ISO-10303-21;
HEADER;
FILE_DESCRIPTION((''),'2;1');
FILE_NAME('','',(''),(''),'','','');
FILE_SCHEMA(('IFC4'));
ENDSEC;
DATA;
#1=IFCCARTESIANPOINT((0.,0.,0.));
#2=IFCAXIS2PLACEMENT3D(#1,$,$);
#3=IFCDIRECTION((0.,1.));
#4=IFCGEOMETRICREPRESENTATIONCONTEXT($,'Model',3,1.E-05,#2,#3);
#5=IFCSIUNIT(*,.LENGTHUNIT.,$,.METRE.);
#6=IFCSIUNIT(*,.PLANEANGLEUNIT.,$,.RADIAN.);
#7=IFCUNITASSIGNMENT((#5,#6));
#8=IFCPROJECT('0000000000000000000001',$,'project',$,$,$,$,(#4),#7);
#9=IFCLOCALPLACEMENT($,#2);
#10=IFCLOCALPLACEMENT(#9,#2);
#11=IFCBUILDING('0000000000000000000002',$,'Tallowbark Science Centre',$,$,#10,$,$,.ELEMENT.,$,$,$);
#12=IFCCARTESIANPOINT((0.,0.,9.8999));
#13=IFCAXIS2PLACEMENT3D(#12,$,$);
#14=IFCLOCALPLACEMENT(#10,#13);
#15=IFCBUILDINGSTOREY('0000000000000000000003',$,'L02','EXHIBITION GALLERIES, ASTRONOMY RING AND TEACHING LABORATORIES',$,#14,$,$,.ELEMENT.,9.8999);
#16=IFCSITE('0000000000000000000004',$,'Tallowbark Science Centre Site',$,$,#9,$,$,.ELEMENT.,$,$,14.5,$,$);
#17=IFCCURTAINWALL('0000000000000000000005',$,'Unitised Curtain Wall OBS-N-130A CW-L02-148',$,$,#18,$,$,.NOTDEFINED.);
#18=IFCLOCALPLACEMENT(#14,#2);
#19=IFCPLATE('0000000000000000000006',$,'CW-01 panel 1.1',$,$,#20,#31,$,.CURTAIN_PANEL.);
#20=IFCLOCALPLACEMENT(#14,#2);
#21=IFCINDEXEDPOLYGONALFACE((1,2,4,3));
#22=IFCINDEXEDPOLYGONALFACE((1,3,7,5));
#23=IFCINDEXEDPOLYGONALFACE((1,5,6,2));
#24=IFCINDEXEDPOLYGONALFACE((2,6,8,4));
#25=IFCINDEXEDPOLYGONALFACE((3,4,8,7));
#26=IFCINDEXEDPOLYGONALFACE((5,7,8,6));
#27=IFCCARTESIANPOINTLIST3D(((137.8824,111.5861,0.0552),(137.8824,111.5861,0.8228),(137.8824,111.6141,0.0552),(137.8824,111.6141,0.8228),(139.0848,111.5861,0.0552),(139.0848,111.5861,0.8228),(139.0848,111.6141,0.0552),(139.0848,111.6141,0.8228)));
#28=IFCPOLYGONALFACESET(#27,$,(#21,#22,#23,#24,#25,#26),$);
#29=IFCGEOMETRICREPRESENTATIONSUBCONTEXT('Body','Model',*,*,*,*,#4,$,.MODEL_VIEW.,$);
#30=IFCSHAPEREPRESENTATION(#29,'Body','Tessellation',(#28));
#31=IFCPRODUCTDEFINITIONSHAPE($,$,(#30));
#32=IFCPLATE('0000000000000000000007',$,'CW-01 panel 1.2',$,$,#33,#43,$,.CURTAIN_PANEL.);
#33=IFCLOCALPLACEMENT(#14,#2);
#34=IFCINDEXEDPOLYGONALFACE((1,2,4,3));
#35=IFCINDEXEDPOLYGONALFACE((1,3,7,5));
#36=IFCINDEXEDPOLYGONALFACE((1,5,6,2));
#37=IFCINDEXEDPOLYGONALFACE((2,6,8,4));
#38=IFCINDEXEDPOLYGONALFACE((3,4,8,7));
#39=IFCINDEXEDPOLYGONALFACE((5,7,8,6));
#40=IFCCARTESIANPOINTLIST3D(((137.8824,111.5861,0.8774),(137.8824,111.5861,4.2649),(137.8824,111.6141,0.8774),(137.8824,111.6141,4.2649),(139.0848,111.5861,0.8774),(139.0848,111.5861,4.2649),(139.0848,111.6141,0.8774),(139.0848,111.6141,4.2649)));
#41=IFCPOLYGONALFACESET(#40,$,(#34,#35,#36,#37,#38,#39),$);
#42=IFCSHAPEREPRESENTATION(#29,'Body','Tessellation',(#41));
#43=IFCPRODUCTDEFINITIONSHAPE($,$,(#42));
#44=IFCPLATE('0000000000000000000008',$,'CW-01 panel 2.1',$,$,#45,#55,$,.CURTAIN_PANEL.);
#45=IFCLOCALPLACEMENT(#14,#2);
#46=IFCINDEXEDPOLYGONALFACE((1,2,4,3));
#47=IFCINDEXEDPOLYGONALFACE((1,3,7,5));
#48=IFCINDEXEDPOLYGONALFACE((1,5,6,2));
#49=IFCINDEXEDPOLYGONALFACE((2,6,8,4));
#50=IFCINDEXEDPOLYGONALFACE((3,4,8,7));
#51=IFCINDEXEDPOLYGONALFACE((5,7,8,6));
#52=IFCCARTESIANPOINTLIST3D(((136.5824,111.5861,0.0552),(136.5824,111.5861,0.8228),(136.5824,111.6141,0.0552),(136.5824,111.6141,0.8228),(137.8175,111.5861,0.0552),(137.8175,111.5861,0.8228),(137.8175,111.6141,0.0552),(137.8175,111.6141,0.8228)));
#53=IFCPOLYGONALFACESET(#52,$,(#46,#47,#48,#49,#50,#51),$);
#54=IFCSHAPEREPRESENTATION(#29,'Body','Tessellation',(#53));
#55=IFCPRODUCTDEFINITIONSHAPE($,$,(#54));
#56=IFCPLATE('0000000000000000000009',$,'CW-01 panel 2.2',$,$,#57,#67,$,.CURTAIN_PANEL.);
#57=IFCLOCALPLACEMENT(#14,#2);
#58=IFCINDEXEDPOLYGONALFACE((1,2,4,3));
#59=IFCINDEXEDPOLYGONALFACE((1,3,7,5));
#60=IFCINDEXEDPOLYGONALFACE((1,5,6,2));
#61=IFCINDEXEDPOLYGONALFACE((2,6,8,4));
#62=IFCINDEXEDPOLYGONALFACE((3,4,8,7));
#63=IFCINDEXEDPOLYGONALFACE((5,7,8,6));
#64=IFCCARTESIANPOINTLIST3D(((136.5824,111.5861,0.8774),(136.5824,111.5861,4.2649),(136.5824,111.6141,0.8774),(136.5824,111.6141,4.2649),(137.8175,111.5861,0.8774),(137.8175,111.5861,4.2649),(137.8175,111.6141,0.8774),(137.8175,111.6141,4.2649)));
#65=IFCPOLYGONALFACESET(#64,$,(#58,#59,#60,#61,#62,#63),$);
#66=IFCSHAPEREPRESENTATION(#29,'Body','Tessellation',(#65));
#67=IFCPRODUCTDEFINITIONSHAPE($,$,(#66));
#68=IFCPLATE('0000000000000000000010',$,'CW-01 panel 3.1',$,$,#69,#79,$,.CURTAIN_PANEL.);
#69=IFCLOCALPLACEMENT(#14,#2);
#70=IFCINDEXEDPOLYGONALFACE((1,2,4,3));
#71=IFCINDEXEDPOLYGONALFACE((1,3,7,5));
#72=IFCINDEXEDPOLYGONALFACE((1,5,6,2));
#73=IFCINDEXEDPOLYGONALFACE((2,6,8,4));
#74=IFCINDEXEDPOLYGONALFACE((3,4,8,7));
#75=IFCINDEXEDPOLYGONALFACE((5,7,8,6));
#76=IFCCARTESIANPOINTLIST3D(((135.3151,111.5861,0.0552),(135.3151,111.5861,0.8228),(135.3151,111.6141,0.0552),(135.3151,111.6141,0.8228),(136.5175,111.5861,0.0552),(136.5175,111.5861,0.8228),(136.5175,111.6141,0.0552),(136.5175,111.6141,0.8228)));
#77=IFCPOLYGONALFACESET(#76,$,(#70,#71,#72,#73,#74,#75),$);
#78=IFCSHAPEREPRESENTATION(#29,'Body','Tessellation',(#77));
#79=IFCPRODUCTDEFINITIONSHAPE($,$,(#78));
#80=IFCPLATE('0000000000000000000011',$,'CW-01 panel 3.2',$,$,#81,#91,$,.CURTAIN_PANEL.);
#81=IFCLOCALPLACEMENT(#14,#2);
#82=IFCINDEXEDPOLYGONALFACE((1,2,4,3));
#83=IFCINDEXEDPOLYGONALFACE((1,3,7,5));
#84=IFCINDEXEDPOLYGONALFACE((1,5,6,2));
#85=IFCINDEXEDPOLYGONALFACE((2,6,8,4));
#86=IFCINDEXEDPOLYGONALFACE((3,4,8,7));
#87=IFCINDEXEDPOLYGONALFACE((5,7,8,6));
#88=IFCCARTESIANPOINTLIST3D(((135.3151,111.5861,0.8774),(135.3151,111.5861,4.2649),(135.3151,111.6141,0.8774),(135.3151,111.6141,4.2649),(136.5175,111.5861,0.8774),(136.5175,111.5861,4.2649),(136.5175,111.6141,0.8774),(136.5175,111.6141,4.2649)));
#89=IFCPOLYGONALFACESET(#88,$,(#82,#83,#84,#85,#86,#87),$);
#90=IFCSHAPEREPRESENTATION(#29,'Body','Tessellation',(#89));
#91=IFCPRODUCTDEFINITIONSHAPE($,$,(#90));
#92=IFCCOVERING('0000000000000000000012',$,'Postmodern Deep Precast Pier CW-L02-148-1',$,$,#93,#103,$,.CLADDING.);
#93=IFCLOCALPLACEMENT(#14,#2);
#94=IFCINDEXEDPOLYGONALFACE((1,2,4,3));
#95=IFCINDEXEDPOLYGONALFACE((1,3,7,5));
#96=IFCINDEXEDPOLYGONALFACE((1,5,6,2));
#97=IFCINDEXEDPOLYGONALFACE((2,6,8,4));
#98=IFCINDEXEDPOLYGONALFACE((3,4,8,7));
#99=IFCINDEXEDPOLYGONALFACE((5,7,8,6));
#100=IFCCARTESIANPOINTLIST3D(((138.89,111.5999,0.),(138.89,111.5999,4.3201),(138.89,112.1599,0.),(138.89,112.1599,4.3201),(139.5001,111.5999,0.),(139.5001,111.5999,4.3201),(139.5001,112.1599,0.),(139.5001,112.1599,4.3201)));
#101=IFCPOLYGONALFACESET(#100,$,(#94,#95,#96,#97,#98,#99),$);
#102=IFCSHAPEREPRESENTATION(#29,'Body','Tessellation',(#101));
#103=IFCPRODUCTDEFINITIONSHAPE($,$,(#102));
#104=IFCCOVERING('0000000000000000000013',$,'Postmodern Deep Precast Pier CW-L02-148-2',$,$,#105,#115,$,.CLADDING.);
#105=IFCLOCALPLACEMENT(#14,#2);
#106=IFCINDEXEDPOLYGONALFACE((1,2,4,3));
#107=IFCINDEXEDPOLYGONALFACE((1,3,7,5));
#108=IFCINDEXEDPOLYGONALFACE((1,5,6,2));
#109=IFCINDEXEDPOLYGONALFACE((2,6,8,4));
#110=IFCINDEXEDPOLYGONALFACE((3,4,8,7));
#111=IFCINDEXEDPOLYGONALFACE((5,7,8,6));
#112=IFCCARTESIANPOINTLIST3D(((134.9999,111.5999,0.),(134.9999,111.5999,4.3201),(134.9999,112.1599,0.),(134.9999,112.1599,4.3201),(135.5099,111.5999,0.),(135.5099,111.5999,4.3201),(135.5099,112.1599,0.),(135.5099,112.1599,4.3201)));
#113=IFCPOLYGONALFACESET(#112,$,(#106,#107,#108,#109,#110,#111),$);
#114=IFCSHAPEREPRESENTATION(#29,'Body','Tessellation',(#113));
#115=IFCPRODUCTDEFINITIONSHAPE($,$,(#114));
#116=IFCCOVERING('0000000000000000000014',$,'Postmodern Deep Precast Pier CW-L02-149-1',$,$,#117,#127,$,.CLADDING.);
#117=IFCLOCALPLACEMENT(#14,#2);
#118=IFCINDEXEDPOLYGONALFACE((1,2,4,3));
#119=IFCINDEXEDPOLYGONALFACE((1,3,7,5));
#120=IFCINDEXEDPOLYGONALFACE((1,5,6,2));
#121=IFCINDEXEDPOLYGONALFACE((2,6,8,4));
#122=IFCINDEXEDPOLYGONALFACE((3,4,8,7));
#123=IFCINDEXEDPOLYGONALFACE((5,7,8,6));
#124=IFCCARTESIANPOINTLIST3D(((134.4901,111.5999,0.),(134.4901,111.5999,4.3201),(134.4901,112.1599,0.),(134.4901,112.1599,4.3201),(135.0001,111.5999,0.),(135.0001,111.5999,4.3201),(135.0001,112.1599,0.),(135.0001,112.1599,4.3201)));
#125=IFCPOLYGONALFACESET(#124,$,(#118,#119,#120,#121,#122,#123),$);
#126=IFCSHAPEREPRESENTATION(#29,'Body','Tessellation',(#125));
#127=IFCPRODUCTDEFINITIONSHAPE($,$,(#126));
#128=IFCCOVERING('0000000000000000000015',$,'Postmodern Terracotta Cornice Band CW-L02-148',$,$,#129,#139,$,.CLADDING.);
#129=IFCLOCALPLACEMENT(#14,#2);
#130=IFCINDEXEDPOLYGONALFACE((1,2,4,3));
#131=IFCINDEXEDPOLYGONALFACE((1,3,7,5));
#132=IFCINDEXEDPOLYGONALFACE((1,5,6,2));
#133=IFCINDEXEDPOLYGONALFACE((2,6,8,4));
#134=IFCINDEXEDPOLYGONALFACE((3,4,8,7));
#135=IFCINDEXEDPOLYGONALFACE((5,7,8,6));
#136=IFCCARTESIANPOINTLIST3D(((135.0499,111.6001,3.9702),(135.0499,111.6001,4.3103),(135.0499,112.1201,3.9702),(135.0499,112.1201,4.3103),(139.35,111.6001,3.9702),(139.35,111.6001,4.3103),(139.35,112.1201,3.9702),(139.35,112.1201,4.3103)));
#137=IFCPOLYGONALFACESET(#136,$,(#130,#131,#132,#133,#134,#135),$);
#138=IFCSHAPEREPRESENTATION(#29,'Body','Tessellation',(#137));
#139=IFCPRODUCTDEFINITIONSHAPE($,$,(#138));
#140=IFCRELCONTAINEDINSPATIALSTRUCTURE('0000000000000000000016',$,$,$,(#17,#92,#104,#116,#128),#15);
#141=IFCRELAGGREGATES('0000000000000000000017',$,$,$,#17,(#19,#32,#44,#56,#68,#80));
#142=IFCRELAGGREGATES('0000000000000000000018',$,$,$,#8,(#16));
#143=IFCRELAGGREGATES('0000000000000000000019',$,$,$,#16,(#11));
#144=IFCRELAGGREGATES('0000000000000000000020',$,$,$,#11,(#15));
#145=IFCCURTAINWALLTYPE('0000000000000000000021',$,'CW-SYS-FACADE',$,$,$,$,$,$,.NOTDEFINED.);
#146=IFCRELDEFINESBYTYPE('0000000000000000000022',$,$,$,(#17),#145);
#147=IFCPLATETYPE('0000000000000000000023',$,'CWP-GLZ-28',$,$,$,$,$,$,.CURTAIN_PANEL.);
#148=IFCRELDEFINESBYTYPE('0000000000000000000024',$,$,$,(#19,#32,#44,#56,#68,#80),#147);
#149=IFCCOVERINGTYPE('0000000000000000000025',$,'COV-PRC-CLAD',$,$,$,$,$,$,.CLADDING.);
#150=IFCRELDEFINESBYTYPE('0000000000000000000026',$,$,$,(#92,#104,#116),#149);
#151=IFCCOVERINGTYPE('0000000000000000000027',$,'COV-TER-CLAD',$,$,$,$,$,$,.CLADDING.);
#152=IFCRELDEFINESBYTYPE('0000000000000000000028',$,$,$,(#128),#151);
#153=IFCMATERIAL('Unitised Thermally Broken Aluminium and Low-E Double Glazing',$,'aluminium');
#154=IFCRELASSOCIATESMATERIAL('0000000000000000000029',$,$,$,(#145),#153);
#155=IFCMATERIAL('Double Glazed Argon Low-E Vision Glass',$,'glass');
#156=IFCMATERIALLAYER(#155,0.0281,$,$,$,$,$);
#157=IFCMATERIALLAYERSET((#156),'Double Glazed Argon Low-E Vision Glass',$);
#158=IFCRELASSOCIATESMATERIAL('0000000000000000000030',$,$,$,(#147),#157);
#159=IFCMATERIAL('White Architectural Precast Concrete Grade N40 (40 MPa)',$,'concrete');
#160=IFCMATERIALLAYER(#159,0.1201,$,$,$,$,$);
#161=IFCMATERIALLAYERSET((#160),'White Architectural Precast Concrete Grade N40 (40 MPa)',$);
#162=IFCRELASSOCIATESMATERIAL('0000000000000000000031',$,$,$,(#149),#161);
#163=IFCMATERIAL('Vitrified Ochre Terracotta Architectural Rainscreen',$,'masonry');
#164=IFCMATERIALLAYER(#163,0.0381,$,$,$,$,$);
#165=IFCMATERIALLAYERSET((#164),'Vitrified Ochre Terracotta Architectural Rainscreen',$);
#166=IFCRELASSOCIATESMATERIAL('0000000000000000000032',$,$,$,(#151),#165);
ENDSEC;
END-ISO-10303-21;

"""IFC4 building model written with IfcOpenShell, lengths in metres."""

from ifc_helpers import new_model, si_unit, direction, frame, origin, origin_2d, place, context, subcontext, project, spatial, rectangle, extrude, material, layer, layer_set, type_object, element, aggregate, save


model = new_model("IFC4")

# Units and contexts
model_context = context("Model", 3, precision=1e-05, world=origin(), true_north=direction((0.0, 1.0)))
body_context = subcontext(model_context, "Body", "Model", "MODEL_VIEW")
ifc_project = project(units=[si_unit("LENGTHUNIT", "METRE"), si_unit("PLANEANGLEUNIT", "RADIAN")], contexts=[model_context])

# Site, building, storey
site_placement = place(None, origin())
site = spatial("IfcSite", under=ifc_project, at=site_placement, Name="Tallowbark Science Centre Site", CompositionType="ELEMENT", RefElevation=14.5)
building_placement = place(site_placement, origin())
building = spatial("IfcBuilding", under=site, at=building_placement, Name="Tallowbark Science Centre", CompositionType="ELEMENT")
storey_placement = place(building_placement, frame((0.0, 0.0, 9.8999)))
storey = spatial("IfcBuildingStorey", under=building, at=storey_placement, Name="L02", Description="EXHIBITION GALLERIES, ASTRONOMY RING AND TEACHING LABORATORIES", CompositionType="ELEMENT", Elevation=9.8999)

# Curtain wall
ifc_material_1 = material(Name="Unitised Thermally Broken Aluminium and Low-E Double Glazing", Category="aluminium")
curtain_wall_type = type_object("IfcCurtainWallType", Name="CW-SYS-FACADE", PredefinedType="NOTDEFINED", material=ifc_material_1)
curtain_wall_1_placement = place(storey_placement, origin())
curtain_wall_1 = element("IfcCurtainWall", 1, at=curtain_wall_1_placement, inside=storey, type_object=curtain_wall_type, Name="Unitised Curtain Wall OBS-N-130A CW-L02-148", PredefinedType="NOTDEFINED")

# Plates
ifc_material_2 = material(Name="Double Glazed Argon Low-E Vision Glass", Category="glass")
ifc_layer_1 = layer(ifc_material_2, 0.0281)
ifc_layer_set_1 = layer_set([ifc_layer_1], Name="Double Glazed Argon Low-E Vision Glass")
plate_type = type_object("IfcPlateType", Name="CWP-GLZ-28", PredefinedType="CURTAIN_PANEL", material=ifc_layer_set_1)
plate_1_placement = place(storey_placement, frame((138.4836, 111.6001, 0.0552), z_axis=(0.0, 0.0, 1.0), x_axis=(-1.0, 0.0, 0.0)))
plate_1 = element("IfcPlate", 2, at=plate_1_placement, type_object=plate_type, Name="CW-01 panel 1.1", PredefinedType="CURTAIN_PANEL", context=body_context, shape_type="SweptSolid", body=[
    extrude(rectangle(XDim=1.2024, YDim=0.0281, at=origin_2d()), origin(), (0.0, 0.0, 1.0), 0.7676),
])
plate_2_placement = place(storey_placement, frame((138.4836, 111.6001, 0.8774), z_axis=(0.0, 0.0, 1.0), x_axis=(-1.0, 0.0, 0.0)))
plate_2 = element("IfcPlate", 3, at=plate_2_placement, type_object=plate_type, Name="CW-01 panel 1.2", PredefinedType="CURTAIN_PANEL", context=body_context, shape_type="SweptSolid", body=[
    extrude(rectangle(XDim=1.2024, YDim=0.0281, at=origin_2d()), origin(), (0.0, 0.0, 1.0), 3.3875),
])
plate_3_placement = place(storey_placement, frame((137.2, 111.6001, 0.0552), z_axis=(0.0, 0.0, 1.0), x_axis=(-1.0, 0.0, 0.0)))
plate_3 = element("IfcPlate", 4, at=plate_3_placement, type_object=plate_type, Name="CW-01 panel 2.1", PredefinedType="CURTAIN_PANEL", context=body_context, shape_type="SweptSolid", body=[
    extrude(rectangle(XDim=1.2351, YDim=0.0281, at=origin_2d()), origin(), (0.0, 0.0, 1.0), 0.7676),
])
plate_4_placement = place(storey_placement, frame((137.2, 111.6001, 0.8774), z_axis=(0.0, 0.0, 1.0), x_axis=(-1.0, 0.0, 0.0)))
plate_4 = element("IfcPlate", 5, at=plate_4_placement, type_object=plate_type, Name="CW-01 panel 2.2", PredefinedType="CURTAIN_PANEL", context=body_context, shape_type="SweptSolid", body=[
    extrude(rectangle(XDim=1.2351, YDim=0.0281, at=origin_2d()), origin(), (0.0, 0.0, 1.0), 3.3875),
])
plate_5_placement = place(storey_placement, frame((135.9163, 111.6001, 0.0552), z_axis=(0.0, 0.0, 1.0), x_axis=(-1.0, 0.0, 0.0)))
plate_5 = element("IfcPlate", 6, at=plate_5_placement, type_object=plate_type, Name="CW-01 panel 3.1", PredefinedType="CURTAIN_PANEL", context=body_context, shape_type="SweptSolid", body=[
    extrude(rectangle(XDim=1.2024, YDim=0.0281, at=origin_2d()), origin(), (0.0, 0.0, 1.0), 0.7676),
])
plate_6_placement = place(storey_placement, frame((135.9163, 111.6001, 0.8774), z_axis=(0.0, 0.0, 1.0), x_axis=(-1.0, 0.0, 0.0)))
plate_6 = element("IfcPlate", 7, at=plate_6_placement, type_object=plate_type, Name="CW-01 panel 3.2", PredefinedType="CURTAIN_PANEL", context=body_context, shape_type="SweptSolid", body=[
    extrude(rectangle(XDim=1.2024, YDim=0.0281, at=origin_2d()), origin(), (0.0, 0.0, 1.0), 3.3875),
])
aggregate(curtain_wall_1, [plate_1, plate_2, plate_3, plate_4, plate_5, plate_6])

# Coverings
ifc_material_3 = material(Name="White Architectural Precast Concrete Grade N40 (40 MPa)", Category="concrete")
ifc_layer_2 = layer(ifc_material_3, 0.1201)
ifc_layer_set_2 = layer_set([ifc_layer_2], Name="White Architectural Precast Concrete Grade N40 (40 MPa)")
covering_type_1 = type_object("IfcCoveringType", Name="COV-PRC-CLAD", PredefinedType="CLADDING", material=ifc_layer_set_2)
covering_1_placement = place(storey_placement, frame((139.1951, 111.8799, 0.0), z_axis=(0.0, 0.0, 1.0), x_axis=(-1.0, 0.0, 0.0)))
element("IfcCovering", 8, at=covering_1_placement, inside=storey, type_object=covering_type_1, Name="Postmodern Deep Precast Pier CW-L02-148-1", PredefinedType="CLADDING", context=body_context, shape_type="SweptSolid", body=[
    extrude(rectangle(XDim=0.6101, YDim=0.5601, at=origin_2d()), origin(), (0.0, 0.0, 1.0), 4.3201),
])
for number, where, z_axis, x_axis, name in (
    (9, (135.2549, 111.8799, 0.0), (0.0, 0.0, 1.0), (-1.0, 0.0, 0.0), "Postmodern Deep Precast Pier CW-L02-148-2"),
    (10, (134.7451, 111.8799, 0.0), (0.0, 0.0, 1.0), (-1.0, 0.0, 0.0), "Postmodern Deep Precast Pier CW-L02-149-1"),
):
    element("IfcCovering", number, at=place(storey_placement, frame(where, z_axis=z_axis, x_axis=x_axis)), inside=storey, type_object=covering_type_1, Name=name, PredefinedType="CLADDING", context=body_context, shape_type="SweptSolid", body=[
        extrude(rectangle(XDim=0.51, YDim=0.5601, at=origin_2d()), origin(), (0.0, 0.0, 1.0), 4.3201),
    ])
ifc_material_4 = material(Name="Vitrified Ochre Terracotta Architectural Rainscreen", Category="masonry")
ifc_layer_3 = layer(ifc_material_4, 0.0381)
ifc_layer_set_3 = layer_set([ifc_layer_3], Name="Vitrified Ochre Terracotta Architectural Rainscreen")
covering_type_2 = type_object("IfcCoveringType", Name="COV-TER-CLAD", PredefinedType="CLADDING", material=ifc_layer_set_3)
covering_2_placement = place(storey_placement, frame((137.2, 111.8601, 3.9702), z_axis=(0.0, 0.0, 1.0), x_axis=(-1.0, 0.0, 0.0)))
element("IfcCovering", 11, at=covering_2_placement, inside=storey, type_object=covering_type_2, Name="Postmodern Terracotta Cornice Band CW-L02-148", PredefinedType="CLADDING", context=body_context, shape_type="SweptSolid", body=[
    extrude(rectangle(XDim=4.3, YDim=0.52, at=origin_2d()), origin(), (0.0, 0.0, 1.0), 0.3401),
])

save(model, "model.ifc")
